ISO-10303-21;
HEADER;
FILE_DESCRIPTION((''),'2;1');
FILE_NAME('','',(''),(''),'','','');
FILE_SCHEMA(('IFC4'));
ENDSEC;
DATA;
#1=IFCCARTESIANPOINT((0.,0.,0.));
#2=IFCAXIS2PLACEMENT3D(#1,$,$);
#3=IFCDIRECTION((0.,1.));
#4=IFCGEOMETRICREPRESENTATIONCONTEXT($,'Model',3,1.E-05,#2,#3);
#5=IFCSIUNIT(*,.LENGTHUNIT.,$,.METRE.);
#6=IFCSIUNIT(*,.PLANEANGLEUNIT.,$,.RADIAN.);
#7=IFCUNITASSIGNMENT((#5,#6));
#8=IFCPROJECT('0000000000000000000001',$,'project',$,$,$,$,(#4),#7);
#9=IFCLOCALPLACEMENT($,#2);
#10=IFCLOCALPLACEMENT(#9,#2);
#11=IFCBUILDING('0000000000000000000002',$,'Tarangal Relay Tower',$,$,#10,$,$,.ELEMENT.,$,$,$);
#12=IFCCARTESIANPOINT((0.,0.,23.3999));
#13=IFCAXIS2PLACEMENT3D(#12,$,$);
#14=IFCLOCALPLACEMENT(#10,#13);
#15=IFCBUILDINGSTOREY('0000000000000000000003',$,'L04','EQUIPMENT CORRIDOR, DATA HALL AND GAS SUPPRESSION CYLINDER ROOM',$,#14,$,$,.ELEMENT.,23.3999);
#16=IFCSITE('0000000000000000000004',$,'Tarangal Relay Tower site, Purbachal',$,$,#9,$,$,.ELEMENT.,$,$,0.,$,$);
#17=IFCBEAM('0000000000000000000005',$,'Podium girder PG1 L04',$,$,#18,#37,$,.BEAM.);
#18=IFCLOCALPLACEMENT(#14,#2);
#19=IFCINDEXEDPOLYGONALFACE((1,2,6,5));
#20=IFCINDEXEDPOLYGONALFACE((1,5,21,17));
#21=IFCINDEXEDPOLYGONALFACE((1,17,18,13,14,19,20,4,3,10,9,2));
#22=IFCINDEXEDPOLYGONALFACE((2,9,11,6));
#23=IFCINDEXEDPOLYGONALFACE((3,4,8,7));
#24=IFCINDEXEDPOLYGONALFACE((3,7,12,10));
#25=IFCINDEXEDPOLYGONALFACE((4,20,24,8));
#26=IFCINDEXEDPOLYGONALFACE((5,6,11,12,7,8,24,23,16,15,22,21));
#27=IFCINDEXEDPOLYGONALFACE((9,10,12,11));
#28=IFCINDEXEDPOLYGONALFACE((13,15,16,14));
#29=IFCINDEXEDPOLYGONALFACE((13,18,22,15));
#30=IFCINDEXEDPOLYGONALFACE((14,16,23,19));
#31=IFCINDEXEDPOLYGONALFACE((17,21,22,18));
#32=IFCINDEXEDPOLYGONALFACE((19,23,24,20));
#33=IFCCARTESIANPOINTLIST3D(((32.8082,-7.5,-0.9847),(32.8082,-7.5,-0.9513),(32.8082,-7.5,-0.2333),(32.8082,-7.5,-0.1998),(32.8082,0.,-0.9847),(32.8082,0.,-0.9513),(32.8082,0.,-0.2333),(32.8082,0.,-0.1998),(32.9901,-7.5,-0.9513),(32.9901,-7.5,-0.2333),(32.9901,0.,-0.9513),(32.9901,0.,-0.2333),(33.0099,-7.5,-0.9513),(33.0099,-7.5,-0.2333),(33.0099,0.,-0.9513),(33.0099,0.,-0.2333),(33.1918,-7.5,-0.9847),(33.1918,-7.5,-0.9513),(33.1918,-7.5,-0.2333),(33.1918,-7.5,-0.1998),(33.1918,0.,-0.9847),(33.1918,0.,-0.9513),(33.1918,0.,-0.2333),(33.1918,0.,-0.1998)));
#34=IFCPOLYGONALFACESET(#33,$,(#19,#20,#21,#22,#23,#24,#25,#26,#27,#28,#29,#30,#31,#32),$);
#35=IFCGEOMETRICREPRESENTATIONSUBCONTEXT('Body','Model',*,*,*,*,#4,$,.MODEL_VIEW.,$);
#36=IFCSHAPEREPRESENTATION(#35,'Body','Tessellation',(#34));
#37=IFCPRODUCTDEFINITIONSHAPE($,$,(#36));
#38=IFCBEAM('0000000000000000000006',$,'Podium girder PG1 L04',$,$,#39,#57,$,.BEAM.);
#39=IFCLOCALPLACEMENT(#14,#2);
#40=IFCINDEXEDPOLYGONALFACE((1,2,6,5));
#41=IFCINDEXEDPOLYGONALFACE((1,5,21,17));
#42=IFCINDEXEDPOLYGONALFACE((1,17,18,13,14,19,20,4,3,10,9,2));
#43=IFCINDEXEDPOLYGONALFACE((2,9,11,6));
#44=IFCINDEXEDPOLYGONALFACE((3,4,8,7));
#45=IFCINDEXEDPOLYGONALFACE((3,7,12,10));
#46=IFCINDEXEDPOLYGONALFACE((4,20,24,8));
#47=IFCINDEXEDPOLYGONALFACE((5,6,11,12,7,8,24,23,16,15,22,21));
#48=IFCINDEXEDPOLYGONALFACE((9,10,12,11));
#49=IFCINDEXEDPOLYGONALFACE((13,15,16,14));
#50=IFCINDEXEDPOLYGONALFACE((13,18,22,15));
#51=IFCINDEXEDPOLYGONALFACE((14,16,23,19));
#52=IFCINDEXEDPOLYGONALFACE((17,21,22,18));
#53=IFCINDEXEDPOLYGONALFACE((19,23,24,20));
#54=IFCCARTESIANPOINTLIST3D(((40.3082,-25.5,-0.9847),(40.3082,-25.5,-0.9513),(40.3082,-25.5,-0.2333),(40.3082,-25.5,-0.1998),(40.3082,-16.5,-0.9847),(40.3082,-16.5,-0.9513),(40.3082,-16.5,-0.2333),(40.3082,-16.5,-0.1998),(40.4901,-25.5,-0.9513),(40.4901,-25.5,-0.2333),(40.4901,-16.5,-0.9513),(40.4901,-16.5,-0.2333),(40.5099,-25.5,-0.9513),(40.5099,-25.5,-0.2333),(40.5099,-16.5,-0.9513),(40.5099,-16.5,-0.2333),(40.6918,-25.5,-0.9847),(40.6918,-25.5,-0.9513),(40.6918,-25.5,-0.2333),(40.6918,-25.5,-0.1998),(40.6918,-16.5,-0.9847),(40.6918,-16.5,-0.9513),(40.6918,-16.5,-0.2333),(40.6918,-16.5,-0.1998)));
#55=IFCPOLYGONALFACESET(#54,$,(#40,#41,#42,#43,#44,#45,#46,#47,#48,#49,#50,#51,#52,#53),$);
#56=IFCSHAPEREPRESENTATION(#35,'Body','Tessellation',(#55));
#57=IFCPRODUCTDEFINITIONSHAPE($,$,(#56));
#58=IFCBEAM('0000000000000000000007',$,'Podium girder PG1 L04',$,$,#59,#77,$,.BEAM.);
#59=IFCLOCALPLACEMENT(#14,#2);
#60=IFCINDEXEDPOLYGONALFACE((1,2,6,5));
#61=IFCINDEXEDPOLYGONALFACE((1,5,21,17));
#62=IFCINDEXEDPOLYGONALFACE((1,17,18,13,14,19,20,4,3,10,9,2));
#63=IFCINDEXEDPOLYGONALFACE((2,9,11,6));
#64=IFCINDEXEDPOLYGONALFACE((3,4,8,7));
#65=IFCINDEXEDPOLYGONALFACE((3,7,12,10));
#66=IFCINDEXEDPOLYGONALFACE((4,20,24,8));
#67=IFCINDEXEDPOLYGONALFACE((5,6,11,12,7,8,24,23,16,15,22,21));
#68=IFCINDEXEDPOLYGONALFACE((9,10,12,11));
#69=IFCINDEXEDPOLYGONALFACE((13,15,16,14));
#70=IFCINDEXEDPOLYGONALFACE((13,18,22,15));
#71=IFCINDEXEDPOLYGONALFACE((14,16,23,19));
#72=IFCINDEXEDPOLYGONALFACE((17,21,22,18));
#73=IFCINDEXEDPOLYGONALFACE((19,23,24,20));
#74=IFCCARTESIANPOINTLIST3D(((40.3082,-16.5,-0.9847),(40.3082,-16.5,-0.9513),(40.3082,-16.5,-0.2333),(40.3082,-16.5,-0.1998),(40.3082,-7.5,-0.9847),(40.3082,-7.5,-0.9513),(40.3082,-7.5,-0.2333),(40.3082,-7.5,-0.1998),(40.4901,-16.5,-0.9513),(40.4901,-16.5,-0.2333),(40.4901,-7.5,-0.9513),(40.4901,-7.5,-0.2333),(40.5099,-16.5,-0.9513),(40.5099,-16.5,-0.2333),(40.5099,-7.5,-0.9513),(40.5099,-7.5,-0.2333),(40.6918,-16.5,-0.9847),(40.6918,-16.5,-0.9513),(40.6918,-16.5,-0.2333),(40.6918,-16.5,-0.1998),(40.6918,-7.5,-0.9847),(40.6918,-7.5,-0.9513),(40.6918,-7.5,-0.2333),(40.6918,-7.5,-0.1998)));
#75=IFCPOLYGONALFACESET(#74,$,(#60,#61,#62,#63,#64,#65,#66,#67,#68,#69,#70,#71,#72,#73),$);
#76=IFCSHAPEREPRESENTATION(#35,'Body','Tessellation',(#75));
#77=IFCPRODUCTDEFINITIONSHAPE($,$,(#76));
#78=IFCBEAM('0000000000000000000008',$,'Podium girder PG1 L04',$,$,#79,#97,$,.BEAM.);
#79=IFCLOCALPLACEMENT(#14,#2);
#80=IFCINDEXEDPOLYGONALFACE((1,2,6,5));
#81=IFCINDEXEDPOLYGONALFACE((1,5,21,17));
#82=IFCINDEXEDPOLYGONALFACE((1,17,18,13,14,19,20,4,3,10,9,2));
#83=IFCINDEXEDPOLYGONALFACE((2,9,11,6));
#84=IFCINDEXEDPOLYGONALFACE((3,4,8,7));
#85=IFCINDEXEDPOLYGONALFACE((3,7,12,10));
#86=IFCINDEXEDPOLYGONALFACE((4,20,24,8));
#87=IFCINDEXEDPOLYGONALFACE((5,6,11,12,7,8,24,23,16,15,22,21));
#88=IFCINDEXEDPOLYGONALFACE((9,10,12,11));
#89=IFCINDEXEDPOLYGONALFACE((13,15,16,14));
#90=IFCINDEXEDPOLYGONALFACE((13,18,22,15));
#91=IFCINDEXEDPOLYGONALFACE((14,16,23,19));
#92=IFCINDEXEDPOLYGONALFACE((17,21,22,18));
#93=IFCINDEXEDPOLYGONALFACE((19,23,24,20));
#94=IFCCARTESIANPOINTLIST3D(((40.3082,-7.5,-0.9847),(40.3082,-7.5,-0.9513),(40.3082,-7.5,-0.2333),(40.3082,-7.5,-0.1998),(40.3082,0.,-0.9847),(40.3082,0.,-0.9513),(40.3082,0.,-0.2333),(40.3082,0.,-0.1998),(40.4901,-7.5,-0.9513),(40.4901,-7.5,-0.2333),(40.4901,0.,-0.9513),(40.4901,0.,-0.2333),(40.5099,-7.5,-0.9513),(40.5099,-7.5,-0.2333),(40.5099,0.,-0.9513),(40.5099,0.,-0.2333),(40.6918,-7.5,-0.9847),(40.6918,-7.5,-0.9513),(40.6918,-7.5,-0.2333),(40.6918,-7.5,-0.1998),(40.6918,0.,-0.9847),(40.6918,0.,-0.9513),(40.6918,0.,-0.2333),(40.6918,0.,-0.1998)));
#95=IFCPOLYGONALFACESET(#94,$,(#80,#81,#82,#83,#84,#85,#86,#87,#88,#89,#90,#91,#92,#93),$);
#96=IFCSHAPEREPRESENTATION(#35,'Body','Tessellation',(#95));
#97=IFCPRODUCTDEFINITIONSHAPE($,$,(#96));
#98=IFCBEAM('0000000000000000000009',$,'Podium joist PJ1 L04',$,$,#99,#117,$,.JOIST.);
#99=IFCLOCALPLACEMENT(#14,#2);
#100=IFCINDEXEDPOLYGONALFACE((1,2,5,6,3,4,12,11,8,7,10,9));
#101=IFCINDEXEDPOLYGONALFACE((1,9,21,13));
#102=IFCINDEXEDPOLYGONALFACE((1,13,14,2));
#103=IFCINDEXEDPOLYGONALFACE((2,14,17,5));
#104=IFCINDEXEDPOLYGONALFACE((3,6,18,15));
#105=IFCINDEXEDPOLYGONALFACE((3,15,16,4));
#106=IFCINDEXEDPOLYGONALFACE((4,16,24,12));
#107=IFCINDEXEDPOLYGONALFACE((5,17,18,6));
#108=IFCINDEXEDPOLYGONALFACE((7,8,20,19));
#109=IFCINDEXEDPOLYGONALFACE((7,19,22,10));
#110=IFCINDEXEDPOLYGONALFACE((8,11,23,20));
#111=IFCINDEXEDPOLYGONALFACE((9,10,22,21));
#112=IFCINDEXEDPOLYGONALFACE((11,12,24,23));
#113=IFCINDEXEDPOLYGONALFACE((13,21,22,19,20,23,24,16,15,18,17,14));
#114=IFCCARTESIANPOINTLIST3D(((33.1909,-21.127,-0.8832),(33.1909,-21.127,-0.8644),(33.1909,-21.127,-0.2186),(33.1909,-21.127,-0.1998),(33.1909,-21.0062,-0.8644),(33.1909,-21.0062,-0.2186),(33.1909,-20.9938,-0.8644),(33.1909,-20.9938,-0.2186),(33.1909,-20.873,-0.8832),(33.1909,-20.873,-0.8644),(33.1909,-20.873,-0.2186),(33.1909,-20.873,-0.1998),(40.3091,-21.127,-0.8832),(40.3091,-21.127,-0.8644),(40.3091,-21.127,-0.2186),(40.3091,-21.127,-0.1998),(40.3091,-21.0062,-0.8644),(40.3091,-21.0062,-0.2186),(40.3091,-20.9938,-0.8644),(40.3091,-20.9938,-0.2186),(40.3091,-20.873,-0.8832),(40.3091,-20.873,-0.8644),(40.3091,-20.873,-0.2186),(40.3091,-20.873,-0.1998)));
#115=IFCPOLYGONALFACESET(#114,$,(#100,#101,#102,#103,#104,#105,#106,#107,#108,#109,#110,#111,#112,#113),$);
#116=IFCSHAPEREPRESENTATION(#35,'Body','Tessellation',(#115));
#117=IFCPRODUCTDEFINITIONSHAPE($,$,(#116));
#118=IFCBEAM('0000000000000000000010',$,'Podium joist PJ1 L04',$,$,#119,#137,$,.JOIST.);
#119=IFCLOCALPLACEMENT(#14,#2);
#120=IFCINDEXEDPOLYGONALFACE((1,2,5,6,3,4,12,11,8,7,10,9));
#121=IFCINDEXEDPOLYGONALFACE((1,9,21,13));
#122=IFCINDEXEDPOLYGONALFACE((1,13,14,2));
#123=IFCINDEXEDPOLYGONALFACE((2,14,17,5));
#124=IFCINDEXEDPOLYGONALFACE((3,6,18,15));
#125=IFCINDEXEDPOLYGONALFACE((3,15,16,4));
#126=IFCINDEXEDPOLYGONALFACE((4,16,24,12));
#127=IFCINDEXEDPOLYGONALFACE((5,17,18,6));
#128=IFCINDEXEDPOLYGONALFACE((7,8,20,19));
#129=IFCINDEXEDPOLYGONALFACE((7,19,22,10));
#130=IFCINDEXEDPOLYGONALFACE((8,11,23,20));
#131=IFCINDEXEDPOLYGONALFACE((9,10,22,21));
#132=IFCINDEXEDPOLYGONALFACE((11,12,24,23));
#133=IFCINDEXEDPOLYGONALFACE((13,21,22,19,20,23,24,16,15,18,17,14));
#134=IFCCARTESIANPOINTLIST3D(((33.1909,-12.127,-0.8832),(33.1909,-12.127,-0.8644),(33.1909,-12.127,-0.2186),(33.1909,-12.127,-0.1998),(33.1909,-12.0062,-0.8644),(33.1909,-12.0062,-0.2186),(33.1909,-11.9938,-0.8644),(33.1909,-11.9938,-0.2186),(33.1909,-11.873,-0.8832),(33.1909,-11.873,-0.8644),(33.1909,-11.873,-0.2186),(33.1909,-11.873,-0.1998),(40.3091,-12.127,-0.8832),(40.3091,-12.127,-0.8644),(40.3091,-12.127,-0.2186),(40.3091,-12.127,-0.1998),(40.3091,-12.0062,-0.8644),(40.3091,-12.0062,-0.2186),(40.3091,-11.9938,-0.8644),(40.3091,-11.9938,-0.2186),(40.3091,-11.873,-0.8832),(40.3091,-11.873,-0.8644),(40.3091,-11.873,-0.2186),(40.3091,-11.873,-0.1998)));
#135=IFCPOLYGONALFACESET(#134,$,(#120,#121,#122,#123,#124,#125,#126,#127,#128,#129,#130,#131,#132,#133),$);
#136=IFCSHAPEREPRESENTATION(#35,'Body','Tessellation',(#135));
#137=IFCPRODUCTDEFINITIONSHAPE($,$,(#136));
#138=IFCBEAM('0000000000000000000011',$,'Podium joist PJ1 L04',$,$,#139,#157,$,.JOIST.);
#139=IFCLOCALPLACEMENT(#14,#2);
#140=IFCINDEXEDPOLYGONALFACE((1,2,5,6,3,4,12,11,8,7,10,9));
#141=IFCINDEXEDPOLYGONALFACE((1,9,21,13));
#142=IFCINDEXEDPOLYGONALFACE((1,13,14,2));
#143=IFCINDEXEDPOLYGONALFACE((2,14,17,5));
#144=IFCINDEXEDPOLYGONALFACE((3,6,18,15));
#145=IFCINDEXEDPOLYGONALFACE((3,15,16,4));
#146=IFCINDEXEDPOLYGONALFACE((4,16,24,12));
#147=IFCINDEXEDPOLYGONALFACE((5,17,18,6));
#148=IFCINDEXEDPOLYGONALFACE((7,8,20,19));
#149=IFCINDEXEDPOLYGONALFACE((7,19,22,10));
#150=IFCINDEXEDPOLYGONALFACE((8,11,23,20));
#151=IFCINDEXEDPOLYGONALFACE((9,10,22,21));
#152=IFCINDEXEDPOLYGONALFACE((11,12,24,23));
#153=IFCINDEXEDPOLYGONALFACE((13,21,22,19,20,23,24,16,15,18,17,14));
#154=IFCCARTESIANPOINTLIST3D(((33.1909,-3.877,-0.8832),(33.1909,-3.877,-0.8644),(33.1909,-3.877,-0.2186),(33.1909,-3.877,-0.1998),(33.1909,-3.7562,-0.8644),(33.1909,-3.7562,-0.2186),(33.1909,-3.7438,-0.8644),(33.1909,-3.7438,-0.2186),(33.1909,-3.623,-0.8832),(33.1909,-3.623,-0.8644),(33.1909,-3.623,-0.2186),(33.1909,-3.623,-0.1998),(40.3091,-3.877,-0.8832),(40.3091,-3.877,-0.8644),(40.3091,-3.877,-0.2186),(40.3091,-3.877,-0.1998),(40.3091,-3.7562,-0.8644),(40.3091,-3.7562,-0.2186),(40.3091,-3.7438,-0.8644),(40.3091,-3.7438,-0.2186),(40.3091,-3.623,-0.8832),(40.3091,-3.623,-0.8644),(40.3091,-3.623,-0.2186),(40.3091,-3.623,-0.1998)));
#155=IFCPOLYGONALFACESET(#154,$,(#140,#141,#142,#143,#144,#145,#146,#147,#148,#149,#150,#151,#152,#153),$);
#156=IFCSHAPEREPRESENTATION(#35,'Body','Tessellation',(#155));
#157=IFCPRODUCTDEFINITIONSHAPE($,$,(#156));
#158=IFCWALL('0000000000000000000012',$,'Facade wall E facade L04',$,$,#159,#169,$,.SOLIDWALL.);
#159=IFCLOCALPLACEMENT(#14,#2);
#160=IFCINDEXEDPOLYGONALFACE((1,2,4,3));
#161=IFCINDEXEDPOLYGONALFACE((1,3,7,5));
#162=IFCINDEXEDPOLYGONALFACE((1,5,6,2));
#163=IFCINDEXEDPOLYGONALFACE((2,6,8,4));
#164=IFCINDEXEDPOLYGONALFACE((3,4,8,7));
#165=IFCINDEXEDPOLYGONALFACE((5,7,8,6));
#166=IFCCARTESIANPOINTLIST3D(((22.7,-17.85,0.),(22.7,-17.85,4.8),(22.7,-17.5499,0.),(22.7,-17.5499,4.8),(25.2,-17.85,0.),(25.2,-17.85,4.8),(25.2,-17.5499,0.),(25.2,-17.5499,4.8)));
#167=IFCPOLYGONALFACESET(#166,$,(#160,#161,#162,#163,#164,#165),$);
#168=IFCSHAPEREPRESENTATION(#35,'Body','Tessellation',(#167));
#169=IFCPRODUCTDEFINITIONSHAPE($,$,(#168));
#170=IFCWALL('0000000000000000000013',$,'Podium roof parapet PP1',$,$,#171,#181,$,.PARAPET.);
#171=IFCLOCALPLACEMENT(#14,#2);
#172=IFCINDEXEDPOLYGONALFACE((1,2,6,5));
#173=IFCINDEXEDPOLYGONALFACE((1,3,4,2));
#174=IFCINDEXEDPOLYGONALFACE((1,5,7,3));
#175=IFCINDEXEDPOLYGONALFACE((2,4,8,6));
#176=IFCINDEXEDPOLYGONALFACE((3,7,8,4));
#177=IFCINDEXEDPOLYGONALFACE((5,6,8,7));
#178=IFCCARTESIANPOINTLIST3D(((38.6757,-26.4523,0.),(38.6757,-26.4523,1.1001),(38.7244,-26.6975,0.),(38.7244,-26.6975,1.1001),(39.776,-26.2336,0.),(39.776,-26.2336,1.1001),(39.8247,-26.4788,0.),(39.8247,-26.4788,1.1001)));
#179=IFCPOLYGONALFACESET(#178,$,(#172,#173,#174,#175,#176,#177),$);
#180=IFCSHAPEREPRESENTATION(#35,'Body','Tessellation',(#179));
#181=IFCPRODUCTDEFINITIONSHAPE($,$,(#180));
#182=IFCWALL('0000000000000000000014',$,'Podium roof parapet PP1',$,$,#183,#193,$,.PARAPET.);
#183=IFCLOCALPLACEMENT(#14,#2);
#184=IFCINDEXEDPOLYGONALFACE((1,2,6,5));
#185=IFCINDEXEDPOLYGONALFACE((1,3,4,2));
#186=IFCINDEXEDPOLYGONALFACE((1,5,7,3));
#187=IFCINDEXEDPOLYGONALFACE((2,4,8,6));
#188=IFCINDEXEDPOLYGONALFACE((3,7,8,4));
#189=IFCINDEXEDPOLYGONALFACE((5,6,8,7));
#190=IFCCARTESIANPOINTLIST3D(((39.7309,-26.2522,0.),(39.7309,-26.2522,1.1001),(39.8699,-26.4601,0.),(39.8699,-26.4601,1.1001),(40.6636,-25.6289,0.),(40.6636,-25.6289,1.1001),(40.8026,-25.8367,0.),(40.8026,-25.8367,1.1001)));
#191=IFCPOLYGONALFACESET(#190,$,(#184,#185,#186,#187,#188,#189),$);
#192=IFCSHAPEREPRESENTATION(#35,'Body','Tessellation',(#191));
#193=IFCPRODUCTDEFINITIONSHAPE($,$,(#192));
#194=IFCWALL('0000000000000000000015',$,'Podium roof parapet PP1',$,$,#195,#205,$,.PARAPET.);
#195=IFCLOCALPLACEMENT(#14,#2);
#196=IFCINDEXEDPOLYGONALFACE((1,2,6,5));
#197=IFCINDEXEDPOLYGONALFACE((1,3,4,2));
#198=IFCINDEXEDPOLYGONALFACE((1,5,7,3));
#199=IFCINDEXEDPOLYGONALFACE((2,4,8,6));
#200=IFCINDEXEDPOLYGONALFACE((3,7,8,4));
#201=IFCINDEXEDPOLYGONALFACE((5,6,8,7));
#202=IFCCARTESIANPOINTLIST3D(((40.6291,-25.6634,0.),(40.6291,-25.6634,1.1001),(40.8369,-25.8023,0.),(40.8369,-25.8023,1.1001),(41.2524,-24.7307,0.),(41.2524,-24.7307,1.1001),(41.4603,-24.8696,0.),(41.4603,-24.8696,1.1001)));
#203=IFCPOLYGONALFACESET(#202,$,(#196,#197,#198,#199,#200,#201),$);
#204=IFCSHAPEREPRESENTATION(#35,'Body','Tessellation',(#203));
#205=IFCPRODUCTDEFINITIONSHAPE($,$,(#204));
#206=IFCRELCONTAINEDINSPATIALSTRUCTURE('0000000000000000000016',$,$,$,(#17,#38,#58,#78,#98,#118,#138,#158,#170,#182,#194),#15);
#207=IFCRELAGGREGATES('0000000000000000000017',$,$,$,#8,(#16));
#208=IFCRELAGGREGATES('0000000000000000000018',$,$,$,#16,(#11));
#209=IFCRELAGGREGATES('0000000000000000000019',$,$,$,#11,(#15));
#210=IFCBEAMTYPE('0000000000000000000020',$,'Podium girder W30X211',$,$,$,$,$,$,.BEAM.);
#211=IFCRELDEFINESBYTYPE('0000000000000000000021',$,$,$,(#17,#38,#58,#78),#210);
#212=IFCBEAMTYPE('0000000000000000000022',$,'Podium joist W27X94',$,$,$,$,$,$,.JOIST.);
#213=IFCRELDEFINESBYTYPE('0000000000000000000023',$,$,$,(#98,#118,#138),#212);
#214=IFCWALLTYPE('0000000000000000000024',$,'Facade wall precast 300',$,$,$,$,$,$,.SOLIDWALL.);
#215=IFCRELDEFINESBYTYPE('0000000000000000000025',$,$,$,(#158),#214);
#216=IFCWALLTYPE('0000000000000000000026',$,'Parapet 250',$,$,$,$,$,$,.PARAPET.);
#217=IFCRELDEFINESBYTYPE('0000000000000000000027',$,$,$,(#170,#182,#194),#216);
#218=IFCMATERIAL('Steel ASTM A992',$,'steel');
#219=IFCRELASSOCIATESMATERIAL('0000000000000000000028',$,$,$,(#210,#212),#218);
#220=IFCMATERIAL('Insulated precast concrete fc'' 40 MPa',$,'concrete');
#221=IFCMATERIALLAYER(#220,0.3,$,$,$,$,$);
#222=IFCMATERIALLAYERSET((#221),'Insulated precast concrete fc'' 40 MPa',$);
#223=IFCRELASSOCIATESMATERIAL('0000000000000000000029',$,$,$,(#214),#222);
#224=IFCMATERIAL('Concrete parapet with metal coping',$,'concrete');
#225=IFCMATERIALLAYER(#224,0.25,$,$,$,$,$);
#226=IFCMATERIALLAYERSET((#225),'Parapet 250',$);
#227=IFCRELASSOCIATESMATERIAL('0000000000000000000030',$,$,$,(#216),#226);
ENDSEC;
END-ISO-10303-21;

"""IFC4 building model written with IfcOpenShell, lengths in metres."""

from ifc_helpers import new_model, si_unit, direction, frame, frame_2d, origin, origin_2d, place, context, subcontext, project, spatial, rectangle, i_section, extrude, material, layer, layer_set, material_profile, profile_set, type_object, element, save


model = new_model("IFC4")

# Units and contexts
model_context = context("Model", 3, precision=1e-05, world=origin(), true_north=direction((0.0, 1.0)))
body_context = subcontext(model_context, "Body", "Model", "MODEL_VIEW")
ifc_project = project(units=[si_unit("LENGTHUNIT", "METRE"), si_unit("PLANEANGLEUNIT", "RADIAN")], contexts=[model_context])

# Site, building, storey
site_placement = place(None, origin())
site = spatial("IfcSite", under=ifc_project, at=site_placement, Name="Tarangal Relay Tower site, Purbachal", CompositionType="ELEMENT", RefElevation=0.0)
building_placement = place(site_placement, origin())
building = spatial("IfcBuilding", under=site, at=building_placement, Name="Tarangal Relay Tower", CompositionType="ELEMENT")
storey_placement = place(building_placement, frame((0.0, 0.0, 23.3999)))
storey = spatial("IfcBuildingStorey", under=building, at=storey_placement, Name="L04", Description="EQUIPMENT CORRIDOR, DATA HALL AND GAS SUPPRESSION CYLINDER ROOM", CompositionType="ELEMENT", Elevation=23.3999)

# Beams
ifc_material_1 = material(Name="Steel ASTM A992", Category="steel")
ifc_material_profile_1 = material_profile(ifc_material_1, i_section(OverallWidth=0.3835, OverallDepth=0.7849, WebThickness=0.0198, FlangeThickness=0.0334, at=origin_2d()), Name="W30X211")
ifc_profile_set_1 = profile_set([ifc_material_profile_1], Name="Steel ASTM A992")
beam_type_1 = type_object("IfcBeamType", Name="Podium girder W30X211", PredefinedType="BEAM", material=ifc_profile_set_1)
beam_1_placement = place(storey_placement, frame((33.0, -7.5, -0.5923), z_axis=(0.0, 1.0, 0.0), x_axis=(-1.0, 0.0, 0.0)))
element("IfcBeam", 1, at=beam_1_placement, inside=storey, type_object=beam_type_1, Name="Podium girder PG1 L04", PredefinedType="BEAM", context=body_context, shape_type="SweptSolid", body=[
    extrude(i_section(OverallWidth=0.3835, OverallDepth=0.7849, WebThickness=0.0198, FlangeThickness=0.0334, at=origin_2d()), origin(), (0.0, 0.0, 1.0), 7.5),
])
for number, where, z_axis, x_axis, name in (
    (2, (40.5, -25.5, -0.5923), (0.0, 1.0, 0.0), (-1.0, 0.0, 0.0), "Podium girder PG1 L04"),
    (3, (40.5, -16.5, -0.5923), (0.0, 1.0, 0.0), (-1.0, 0.0, 0.0), "Podium girder PG1 L04"),
):
    element("IfcBeam", number, at=place(storey_placement, frame(where, z_axis=z_axis, x_axis=x_axis)), inside=storey, type_object=beam_type_1, Name=name, PredefinedType="BEAM", context=body_context, shape_type="SweptSolid", body=[
        extrude(i_section(OverallWidth=0.3835, OverallDepth=0.7849, WebThickness=0.0198, FlangeThickness=0.0334, at=origin_2d()), origin(), (0.0, 0.0, 1.0), 9.0),
    ])
beam_2_placement = place(storey_placement, frame((40.5, -7.5, -0.5923), z_axis=(0.0, 1.0, 0.0), x_axis=(-1.0, 0.0, 0.0)))
element("IfcBeam", 4, at=beam_2_placement, inside=storey, type_object=beam_type_1, Name="Podium girder PG1 L04", PredefinedType="BEAM", context=body_context, shape_type="SweptSolid", body=[
    extrude(i_section(OverallWidth=0.3835, OverallDepth=0.7849, WebThickness=0.0198, FlangeThickness=0.0334, at=origin_2d()), origin(), (0.0, 0.0, 1.0), 7.5),
])
ifc_material_profile_2 = material_profile(ifc_material_1, i_section(OverallWidth=0.2539, OverallDepth=0.6833, WebThickness=0.0125, FlangeThickness=0.0188, at=origin_2d()), Name="W27X94")
ifc_profile_set_2 = profile_set([ifc_material_profile_2], Name="Steel ASTM A992")
beam_type_2 = type_object("IfcBeamType", Name="Podium joist W27X94", PredefinedType="JOIST", material=ifc_profile_set_2)
for number, where, z_axis, x_axis, name in (
    (5, (33.1909, -21.0, -0.5415), (1.0, 0.0, 0.0), (0.0, 1.0, 0.0), "Podium joist PJ1 L04"),
    (6, (33.1909, -12.0, -0.5415), (1.0, 0.0, 0.0), (0.0, 1.0, 0.0), "Podium joist PJ1 L04"),
    (7, (33.1909, -3.75, -0.5415), (1.0, 0.0, 0.0), (0.0, 1.0, 0.0), "Podium joist PJ1 L04"),
):
    element("IfcBeam", number, at=place(storey_placement, frame(where, z_axis=z_axis, x_axis=x_axis)), inside=storey, type_object=beam_type_2, Name=name, PredefinedType="JOIST", context=body_context, shape_type="SweptSolid", body=[
        extrude(i_section(OverallWidth=0.2539, OverallDepth=0.6833, WebThickness=0.0125, FlangeThickness=0.0188, at=origin_2d()), origin(), (0.0, 0.0, 1.0), 7.1182),
    ])

# Walls
ifc_material_2 = material(Name="Insulated precast concrete fc' 40 MPa", Category="concrete")
ifc_layer_1 = layer(ifc_material_2, 0.3)
ifc_layer_set_1 = layer_set([ifc_layer_1], Name="Insulated precast concrete fc' 40 MPa")
wall_type_1 = type_object("IfcWallType", Name="Facade wall precast 300", PredefinedType="SOLIDWALL", material=ifc_layer_set_1)
wall_1_placement = place(storey_placement, frame((25.2, -17.7, 0.0), z_axis=(0.0, 0.0, 1.0), x_axis=(-1.0, 0.0, 0.0)))
element("IfcWall", 8, at=wall_1_placement, inside=storey, type_object=wall_type_1, Name="Facade wall E facade L04", PredefinedType="SOLIDWALL", context=body_context, shape_type="SweptSolid", body=[
    extrude(rectangle(XDim=2.5, YDim=0.3, at=frame_2d((1.25, 0.0))), origin(), (0.0, 0.0, 1.0), 4.8),
])
ifc_material_3 = material(Name="Concrete parapet with metal coping", Category="concrete")
ifc_layer_2 = layer(ifc_material_3, 0.25)
ifc_layer_set_2 = layer_set([ifc_layer_2], Name="Parapet 250")
wall_type_2 = type_object("IfcWallType", Name="Parapet 250", PredefinedType="PARAPET", material=ifc_layer_set_2)
for number, where, z_axis, x_axis, name in (
    (9, (38.7, -26.575, 0.0), (0.0, 0.0, 1.0), (0.980806, 0.194986, 0.0), "Podium roof parapet PP1"),
    (10, (39.8003, -26.3562, 0.0), (0.0, 0.0, 1.0), (0.831414, 0.555654, 0.0), "Podium roof parapet PP1"),
    (11, (40.7329, -25.7329, 0.0), (0.0, 0.0, 1.0), (0.555654, 0.831414, 0.0), "Podium roof parapet PP1"),
):
    element("IfcWall", number, at=place(storey_placement, frame(where, z_axis=z_axis, x_axis=x_axis)), inside=storey, type_object=wall_type_2, Name=name, PredefinedType="PARAPET", context=body_context, shape_type="SweptSolid", body=[
        extrude(rectangle(XDim=1.1218, YDim=0.25, at=frame_2d((0.561, 0.0))), origin(), (0.0, 0.0, 1.0), 1.1001),
    ])

save(model, "model.ifc")
